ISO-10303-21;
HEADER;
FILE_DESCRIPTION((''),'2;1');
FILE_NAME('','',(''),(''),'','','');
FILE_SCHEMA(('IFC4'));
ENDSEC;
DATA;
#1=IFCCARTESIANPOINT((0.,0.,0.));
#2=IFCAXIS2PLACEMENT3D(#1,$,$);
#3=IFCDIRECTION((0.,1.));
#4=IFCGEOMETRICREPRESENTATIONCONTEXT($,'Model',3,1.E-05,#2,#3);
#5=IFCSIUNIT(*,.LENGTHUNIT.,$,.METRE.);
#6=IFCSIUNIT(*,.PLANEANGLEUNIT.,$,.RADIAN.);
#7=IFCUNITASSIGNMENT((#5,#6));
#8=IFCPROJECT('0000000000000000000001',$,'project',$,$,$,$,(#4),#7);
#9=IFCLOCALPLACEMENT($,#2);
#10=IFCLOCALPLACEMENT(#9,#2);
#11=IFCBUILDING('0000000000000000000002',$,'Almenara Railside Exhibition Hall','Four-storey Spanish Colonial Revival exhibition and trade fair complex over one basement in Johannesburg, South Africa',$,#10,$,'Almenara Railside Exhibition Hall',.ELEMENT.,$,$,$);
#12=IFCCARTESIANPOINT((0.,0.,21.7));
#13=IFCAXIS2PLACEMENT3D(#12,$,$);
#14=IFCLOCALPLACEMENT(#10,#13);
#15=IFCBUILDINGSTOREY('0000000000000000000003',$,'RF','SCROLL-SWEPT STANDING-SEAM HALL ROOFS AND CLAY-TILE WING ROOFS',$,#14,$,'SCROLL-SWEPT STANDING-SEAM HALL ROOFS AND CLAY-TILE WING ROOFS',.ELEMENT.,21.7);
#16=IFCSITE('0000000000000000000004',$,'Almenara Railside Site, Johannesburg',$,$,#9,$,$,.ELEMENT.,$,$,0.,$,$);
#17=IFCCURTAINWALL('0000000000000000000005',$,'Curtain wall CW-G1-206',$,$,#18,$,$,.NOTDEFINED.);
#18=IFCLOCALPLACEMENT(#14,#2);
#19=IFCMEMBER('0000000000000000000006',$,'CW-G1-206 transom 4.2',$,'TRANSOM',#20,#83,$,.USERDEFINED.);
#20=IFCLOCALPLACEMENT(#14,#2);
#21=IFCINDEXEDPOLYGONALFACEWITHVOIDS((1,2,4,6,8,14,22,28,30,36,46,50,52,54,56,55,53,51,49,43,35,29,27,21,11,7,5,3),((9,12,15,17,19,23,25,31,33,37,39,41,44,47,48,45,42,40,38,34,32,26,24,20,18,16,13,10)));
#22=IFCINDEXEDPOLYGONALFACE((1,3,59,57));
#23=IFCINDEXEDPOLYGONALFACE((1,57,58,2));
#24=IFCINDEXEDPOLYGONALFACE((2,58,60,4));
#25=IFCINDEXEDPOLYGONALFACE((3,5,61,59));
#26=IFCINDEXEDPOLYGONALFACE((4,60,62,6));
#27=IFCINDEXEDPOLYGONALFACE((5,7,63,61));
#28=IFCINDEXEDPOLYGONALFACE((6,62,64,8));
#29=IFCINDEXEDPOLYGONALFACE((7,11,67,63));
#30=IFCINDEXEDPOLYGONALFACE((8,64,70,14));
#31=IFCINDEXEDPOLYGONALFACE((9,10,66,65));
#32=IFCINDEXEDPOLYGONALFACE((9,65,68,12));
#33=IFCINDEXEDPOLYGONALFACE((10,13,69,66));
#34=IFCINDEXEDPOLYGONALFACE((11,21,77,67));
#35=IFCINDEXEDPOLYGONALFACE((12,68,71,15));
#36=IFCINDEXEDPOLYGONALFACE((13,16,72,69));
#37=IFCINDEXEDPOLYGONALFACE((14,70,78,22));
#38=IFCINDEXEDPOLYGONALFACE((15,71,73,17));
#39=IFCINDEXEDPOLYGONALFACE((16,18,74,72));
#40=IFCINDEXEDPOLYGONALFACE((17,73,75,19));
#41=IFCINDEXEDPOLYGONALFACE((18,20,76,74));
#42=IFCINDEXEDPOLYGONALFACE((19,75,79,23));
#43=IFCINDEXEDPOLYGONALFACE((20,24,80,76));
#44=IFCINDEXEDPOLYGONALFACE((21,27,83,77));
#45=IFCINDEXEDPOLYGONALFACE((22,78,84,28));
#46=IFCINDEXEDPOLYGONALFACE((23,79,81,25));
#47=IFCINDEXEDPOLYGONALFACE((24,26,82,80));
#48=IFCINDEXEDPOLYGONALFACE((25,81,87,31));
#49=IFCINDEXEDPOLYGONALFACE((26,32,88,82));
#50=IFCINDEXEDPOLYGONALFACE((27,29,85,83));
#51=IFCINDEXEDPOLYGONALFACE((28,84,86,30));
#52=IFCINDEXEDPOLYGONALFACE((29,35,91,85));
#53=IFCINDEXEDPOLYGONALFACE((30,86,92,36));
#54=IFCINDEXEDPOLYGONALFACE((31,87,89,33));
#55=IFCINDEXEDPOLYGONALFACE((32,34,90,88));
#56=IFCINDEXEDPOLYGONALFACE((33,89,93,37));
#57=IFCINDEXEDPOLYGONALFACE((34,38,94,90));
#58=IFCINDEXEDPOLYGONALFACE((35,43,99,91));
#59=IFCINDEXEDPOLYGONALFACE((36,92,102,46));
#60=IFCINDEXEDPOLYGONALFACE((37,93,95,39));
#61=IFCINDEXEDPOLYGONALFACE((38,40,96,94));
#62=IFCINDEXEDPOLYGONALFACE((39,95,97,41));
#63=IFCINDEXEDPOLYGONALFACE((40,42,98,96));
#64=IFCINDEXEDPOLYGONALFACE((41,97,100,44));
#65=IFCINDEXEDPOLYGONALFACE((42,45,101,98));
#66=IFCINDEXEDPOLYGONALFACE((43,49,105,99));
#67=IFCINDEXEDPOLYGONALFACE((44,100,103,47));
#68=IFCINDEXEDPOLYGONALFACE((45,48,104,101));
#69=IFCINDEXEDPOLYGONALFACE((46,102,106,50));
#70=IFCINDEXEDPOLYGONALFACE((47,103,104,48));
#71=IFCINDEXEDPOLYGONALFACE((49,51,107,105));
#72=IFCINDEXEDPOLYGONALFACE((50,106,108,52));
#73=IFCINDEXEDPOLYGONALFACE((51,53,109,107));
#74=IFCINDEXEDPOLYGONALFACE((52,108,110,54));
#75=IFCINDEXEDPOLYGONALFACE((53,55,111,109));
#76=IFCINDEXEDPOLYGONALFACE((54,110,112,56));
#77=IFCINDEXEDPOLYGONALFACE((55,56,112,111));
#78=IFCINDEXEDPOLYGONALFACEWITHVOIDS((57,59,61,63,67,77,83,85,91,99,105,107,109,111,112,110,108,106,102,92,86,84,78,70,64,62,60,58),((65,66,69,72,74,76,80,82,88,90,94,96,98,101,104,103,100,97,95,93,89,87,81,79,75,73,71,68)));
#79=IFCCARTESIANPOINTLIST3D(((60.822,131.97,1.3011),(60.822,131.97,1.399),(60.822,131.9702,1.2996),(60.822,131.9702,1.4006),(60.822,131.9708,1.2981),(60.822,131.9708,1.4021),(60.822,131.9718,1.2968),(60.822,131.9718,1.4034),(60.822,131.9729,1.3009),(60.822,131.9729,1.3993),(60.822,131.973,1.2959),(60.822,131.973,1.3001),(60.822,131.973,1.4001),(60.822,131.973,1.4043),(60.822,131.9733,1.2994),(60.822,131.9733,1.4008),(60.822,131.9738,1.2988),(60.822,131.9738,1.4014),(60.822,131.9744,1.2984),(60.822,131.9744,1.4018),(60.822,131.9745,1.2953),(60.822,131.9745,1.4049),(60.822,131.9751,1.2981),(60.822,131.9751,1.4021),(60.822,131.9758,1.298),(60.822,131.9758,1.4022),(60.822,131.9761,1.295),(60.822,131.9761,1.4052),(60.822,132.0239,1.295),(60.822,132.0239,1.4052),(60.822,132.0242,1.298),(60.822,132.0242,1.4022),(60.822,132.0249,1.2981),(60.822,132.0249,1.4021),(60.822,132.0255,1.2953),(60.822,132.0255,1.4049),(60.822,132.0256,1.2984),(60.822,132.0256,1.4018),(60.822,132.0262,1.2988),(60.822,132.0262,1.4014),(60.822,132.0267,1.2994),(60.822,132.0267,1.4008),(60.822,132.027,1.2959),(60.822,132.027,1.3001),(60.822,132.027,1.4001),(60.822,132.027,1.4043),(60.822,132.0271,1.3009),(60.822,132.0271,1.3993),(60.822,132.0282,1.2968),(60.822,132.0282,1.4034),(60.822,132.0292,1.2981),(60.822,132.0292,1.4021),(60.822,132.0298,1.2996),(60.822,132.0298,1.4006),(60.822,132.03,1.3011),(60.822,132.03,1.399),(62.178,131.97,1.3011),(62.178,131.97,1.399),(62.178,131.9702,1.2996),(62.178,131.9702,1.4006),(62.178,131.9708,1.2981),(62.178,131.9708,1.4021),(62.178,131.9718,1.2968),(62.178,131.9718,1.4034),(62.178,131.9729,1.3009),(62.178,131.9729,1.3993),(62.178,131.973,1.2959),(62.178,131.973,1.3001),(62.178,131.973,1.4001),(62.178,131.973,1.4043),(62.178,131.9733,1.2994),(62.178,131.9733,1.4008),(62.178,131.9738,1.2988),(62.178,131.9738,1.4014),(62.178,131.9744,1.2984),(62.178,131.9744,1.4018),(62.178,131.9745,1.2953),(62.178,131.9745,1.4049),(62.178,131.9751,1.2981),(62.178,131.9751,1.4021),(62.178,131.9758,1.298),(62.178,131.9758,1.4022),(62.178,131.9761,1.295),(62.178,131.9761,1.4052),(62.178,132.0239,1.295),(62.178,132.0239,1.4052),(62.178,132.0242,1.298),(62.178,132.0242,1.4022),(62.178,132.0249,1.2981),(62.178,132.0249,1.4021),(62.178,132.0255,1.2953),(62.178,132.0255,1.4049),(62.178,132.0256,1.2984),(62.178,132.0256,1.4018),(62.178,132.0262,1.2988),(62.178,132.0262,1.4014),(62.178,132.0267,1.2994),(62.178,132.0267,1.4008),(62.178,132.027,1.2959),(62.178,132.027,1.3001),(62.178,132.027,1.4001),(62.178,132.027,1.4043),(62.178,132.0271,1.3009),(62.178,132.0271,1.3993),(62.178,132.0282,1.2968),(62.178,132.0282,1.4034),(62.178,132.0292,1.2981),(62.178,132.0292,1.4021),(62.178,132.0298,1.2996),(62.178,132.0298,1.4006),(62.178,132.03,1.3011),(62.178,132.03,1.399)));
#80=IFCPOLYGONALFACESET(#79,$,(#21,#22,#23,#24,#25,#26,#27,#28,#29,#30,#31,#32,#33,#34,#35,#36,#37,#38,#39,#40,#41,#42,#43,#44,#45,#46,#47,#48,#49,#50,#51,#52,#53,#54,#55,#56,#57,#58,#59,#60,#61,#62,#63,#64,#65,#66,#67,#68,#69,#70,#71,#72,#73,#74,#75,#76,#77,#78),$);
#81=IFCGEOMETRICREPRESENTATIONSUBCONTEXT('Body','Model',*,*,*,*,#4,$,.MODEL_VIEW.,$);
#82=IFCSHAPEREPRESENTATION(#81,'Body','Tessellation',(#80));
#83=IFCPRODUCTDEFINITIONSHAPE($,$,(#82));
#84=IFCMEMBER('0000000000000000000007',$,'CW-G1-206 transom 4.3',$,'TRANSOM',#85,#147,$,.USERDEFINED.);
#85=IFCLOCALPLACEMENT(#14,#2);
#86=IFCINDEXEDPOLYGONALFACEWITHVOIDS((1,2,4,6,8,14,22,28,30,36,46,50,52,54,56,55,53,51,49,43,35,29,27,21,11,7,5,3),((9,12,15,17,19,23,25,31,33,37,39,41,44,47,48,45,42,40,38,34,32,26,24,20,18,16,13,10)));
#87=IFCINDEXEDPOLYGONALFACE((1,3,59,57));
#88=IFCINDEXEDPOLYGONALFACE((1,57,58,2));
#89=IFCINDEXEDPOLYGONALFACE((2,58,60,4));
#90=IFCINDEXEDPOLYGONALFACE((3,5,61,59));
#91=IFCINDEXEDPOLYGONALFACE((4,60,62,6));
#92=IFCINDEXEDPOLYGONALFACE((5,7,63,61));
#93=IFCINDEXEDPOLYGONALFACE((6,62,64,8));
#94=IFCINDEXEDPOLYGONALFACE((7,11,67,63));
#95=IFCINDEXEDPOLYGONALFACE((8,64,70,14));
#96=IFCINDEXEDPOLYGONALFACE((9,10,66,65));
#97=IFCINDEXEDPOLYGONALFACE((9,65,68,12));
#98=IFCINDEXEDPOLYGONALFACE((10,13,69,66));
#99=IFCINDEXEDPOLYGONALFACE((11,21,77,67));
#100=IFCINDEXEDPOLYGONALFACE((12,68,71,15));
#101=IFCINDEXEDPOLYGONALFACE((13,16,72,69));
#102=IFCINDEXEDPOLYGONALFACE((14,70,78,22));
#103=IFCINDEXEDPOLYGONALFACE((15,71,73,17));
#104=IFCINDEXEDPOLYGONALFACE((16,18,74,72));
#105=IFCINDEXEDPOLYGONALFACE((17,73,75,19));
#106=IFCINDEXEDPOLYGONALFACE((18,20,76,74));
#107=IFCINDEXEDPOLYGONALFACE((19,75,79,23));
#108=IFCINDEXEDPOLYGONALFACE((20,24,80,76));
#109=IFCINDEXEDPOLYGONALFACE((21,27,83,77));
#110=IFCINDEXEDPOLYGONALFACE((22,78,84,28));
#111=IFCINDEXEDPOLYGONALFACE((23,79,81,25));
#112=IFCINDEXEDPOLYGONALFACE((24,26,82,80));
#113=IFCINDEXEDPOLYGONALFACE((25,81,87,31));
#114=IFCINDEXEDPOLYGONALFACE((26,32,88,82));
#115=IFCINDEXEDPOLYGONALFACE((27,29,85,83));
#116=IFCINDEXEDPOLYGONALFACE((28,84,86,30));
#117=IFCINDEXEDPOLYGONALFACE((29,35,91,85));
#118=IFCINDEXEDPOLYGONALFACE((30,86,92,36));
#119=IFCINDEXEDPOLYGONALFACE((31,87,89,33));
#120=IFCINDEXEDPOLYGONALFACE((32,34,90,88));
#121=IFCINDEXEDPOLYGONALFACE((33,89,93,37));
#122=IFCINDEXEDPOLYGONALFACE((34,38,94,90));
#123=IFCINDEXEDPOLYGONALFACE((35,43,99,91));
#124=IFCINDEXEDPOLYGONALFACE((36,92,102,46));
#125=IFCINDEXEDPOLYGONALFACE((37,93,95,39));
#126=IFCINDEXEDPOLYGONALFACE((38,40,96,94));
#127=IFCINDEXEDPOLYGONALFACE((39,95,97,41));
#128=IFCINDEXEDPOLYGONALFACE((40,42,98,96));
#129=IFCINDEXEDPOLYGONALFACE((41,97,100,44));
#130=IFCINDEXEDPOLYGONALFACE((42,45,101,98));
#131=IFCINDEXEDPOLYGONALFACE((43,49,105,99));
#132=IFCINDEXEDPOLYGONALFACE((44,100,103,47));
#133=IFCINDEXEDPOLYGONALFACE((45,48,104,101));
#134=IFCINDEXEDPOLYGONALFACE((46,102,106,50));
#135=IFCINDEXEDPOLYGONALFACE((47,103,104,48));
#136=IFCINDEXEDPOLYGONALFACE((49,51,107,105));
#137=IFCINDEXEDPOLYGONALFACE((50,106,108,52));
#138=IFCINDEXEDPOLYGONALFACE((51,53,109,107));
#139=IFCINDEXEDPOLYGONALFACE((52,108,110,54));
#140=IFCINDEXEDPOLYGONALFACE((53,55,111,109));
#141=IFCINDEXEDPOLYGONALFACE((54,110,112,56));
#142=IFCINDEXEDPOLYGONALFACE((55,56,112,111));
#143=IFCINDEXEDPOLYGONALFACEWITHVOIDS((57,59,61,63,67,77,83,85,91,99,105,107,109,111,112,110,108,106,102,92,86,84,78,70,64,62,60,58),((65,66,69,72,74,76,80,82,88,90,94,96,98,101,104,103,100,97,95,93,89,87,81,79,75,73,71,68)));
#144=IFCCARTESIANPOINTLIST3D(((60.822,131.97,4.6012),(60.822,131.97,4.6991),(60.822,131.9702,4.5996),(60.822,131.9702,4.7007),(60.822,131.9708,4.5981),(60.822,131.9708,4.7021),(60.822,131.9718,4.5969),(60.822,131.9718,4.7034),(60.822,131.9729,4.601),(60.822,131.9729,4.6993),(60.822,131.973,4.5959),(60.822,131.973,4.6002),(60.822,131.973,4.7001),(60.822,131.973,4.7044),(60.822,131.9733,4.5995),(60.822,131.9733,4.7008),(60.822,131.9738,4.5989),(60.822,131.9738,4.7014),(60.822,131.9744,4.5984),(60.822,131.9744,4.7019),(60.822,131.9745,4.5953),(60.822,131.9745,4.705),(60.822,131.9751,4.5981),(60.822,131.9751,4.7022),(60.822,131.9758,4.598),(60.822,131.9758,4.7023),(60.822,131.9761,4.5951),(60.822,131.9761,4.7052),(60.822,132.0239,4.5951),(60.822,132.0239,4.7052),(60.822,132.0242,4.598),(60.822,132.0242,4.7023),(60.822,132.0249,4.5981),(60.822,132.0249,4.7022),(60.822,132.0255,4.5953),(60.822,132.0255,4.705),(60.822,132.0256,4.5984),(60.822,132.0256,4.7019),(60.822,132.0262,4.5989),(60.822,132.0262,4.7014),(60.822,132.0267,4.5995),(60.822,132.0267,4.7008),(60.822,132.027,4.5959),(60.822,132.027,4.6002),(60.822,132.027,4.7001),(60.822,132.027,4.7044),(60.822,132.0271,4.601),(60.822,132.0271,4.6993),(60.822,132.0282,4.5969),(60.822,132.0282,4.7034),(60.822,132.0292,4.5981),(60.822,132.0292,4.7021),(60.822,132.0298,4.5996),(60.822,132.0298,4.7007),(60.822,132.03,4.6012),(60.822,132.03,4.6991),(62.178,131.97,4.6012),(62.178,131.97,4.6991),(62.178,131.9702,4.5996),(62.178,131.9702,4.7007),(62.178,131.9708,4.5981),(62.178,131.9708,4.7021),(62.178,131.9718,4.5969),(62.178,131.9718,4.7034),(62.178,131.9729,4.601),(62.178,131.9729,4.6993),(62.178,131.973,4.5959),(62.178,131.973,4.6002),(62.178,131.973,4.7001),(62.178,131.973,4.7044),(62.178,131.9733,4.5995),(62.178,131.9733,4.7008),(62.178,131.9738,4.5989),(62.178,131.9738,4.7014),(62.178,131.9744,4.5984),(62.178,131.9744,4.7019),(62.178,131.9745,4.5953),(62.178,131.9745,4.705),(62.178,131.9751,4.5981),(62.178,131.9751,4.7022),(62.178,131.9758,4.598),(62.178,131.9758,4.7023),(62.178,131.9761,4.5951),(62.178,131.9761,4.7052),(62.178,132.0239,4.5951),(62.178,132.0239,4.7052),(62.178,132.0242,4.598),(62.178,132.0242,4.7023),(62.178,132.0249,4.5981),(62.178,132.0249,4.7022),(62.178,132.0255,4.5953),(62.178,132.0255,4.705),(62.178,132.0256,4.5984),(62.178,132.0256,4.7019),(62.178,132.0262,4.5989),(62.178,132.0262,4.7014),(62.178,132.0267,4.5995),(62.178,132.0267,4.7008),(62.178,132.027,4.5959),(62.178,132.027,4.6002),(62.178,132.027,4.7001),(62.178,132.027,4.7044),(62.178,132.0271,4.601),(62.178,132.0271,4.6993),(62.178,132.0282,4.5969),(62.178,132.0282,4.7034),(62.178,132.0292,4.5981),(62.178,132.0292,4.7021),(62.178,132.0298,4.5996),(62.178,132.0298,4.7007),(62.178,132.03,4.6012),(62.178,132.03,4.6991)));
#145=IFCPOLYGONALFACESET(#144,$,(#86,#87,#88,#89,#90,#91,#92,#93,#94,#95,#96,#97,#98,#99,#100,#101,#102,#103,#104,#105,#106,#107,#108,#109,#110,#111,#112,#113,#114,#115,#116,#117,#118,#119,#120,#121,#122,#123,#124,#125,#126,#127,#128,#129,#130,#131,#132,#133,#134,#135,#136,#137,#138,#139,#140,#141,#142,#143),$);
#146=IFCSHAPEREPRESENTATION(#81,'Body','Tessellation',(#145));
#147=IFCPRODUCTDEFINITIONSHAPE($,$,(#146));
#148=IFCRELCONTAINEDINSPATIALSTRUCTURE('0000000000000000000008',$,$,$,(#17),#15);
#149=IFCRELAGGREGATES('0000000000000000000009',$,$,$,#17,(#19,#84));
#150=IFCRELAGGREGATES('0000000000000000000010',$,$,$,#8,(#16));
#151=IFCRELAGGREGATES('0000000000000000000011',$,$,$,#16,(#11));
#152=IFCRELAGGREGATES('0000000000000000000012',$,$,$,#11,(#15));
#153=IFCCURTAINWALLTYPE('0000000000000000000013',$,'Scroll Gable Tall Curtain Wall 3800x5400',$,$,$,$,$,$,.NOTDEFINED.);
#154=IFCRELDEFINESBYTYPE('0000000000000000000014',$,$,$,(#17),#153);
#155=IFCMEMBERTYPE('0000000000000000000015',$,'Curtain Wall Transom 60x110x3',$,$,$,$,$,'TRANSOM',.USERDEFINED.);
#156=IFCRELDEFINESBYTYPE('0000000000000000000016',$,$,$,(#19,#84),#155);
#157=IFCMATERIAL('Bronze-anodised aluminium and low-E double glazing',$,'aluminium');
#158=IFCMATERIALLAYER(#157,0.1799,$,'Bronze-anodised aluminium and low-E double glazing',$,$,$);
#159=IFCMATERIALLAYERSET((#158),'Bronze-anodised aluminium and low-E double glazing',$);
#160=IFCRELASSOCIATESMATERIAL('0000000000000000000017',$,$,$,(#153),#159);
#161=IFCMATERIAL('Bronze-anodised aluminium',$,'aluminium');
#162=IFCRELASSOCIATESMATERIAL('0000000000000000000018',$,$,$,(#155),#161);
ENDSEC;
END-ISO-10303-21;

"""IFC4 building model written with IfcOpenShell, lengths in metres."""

from ifc_helpers import new_model, si_unit, direction, frame, origin, origin_2d, place, context, subcontext, project, spatial, hollow_rectangle, extrude, material, layer, layer_set, material_profile, profile_set, type_object, element, aggregate, save


model = new_model("IFC4")

# Units and contexts
model_context = context("Model", 3, precision=1e-05, world=origin(), true_north=direction((0.0, 1.0)))
body_context = subcontext(model_context, "Body", "Model", "MODEL_VIEW")
ifc_project = project(units=[si_unit("LENGTHUNIT", "METRE"), si_unit("PLANEANGLEUNIT", "RADIAN")], contexts=[model_context])

# Site, building, storey
site_placement = place(None, origin())
site = spatial("IfcSite", under=ifc_project, at=site_placement, Name="Almenara Railside Site, Johannesburg", CompositionType="ELEMENT", RefElevation=0.0)
building_placement = place(site_placement, origin())
building = spatial("IfcBuilding", under=site, at=building_placement, Name="Almenara Railside Exhibition Hall", Description="Four-storey Spanish Colonial Revival exhibition and trade fair complex over one basement in Johannesburg, South Africa", LongName="Almenara Railside Exhibition Hall", CompositionType="ELEMENT")
storey_placement = place(building_placement, frame((0.0, 0.0, 21.7)))
storey = spatial("IfcBuildingStorey", under=building, at=storey_placement, Name="RF", Description="SCROLL-SWEPT STANDING-SEAM HALL ROOFS AND CLAY-TILE WING ROOFS", LongName="SCROLL-SWEPT STANDING-SEAM HALL ROOFS AND CLAY-TILE WING ROOFS", CompositionType="ELEMENT", Elevation=21.7)

# Curtain wall, members
ifc_material_1 = material(Name="Bronze-anodised aluminium and low-E double glazing", Category="aluminium")
ifc_layer_1 = layer(ifc_material_1, 0.1799, Name="Bronze-anodised aluminium and low-E double glazing")
ifc_layer_set_1 = layer_set([ifc_layer_1], Name="Bronze-anodised aluminium and low-E double glazing")
curtain_wall_type = type_object("IfcCurtainWallType", Name="Scroll Gable Tall Curtain Wall 3800x5400", PredefinedType="NOTDEFINED", material=ifc_layer_set_1)
curtain_wall_placement = place(storey_placement, origin())
curtain_wall = element("IfcCurtainWall", 1, at=curtain_wall_placement, inside=storey, type_object=curtain_wall_type, Name="Curtain wall CW-G1-206", PredefinedType="NOTDEFINED")
ifc_material_2 = material(Name="Bronze-anodised aluminium", Category="aluminium")
ifc_material_profile_1 = material_profile(ifc_material_2, hollow_rectangle(XDim=0.0601, YDim=0.1101, WallThickness=0.0029, InnerFilletRadius=0.0029, OuterFilletRadius=0.0061, at=origin_2d()), Name="ALU-TRN 60x110x3")
ifc_profile_set_1 = profile_set([ifc_material_profile_1], Name="Bronze-anodised aluminium")
member_type_1 = type_object("IfcMemberType", Name="Curtain Wall Transom 60x110x3", ElementType="TRANSOM", PredefinedType="USERDEFINED", material=ifc_profile_set_1)
member_1_placement = place(storey_placement, frame((60.822, 132.0, 1.3501), z_axis=(1.0, 0.0, 0.0), x_axis=(0.0, 1.0, 0.0)))
member_1 = element("IfcMember", 2, at=member_1_placement, type_object=member_type_1, Name="CW-G1-206 transom 4.2", ObjectType="TRANSOM", PredefinedType="USERDEFINED", context=body_context, shape_type="SweptSolid", body=[
    extrude(hollow_rectangle(XDim=0.0601, YDim=0.1101, WallThickness=0.0029, InnerFilletRadius=0.0029, OuterFilletRadius=0.0061, at=origin_2d()), origin(), (0.0, 0.0, 1.0), 1.356),
])
member_2_placement = place(storey_placement, frame((60.822, 132.0, 4.6501), z_axis=(1.0, 0.0, 0.0), x_axis=(0.0, 1.0, 0.0)))
member_2 = element("IfcMember", 3, at=member_2_placement, type_object=member_type_1, Name="CW-G1-206 transom 4.3", ObjectType="TRANSOM", PredefinedType="USERDEFINED", context=body_context, shape_type="SweptSolid", body=[
    extrude(hollow_rectangle(XDim=0.0601, YDim=0.1101, WallThickness=0.0029, InnerFilletRadius=0.0029, OuterFilletRadius=0.0061, at=origin_2d()), origin(), (0.0, 0.0, 1.0), 1.356),
])

aggregate(curtain_wall, [member_1, member_2])

save(model, "model.ifc")
